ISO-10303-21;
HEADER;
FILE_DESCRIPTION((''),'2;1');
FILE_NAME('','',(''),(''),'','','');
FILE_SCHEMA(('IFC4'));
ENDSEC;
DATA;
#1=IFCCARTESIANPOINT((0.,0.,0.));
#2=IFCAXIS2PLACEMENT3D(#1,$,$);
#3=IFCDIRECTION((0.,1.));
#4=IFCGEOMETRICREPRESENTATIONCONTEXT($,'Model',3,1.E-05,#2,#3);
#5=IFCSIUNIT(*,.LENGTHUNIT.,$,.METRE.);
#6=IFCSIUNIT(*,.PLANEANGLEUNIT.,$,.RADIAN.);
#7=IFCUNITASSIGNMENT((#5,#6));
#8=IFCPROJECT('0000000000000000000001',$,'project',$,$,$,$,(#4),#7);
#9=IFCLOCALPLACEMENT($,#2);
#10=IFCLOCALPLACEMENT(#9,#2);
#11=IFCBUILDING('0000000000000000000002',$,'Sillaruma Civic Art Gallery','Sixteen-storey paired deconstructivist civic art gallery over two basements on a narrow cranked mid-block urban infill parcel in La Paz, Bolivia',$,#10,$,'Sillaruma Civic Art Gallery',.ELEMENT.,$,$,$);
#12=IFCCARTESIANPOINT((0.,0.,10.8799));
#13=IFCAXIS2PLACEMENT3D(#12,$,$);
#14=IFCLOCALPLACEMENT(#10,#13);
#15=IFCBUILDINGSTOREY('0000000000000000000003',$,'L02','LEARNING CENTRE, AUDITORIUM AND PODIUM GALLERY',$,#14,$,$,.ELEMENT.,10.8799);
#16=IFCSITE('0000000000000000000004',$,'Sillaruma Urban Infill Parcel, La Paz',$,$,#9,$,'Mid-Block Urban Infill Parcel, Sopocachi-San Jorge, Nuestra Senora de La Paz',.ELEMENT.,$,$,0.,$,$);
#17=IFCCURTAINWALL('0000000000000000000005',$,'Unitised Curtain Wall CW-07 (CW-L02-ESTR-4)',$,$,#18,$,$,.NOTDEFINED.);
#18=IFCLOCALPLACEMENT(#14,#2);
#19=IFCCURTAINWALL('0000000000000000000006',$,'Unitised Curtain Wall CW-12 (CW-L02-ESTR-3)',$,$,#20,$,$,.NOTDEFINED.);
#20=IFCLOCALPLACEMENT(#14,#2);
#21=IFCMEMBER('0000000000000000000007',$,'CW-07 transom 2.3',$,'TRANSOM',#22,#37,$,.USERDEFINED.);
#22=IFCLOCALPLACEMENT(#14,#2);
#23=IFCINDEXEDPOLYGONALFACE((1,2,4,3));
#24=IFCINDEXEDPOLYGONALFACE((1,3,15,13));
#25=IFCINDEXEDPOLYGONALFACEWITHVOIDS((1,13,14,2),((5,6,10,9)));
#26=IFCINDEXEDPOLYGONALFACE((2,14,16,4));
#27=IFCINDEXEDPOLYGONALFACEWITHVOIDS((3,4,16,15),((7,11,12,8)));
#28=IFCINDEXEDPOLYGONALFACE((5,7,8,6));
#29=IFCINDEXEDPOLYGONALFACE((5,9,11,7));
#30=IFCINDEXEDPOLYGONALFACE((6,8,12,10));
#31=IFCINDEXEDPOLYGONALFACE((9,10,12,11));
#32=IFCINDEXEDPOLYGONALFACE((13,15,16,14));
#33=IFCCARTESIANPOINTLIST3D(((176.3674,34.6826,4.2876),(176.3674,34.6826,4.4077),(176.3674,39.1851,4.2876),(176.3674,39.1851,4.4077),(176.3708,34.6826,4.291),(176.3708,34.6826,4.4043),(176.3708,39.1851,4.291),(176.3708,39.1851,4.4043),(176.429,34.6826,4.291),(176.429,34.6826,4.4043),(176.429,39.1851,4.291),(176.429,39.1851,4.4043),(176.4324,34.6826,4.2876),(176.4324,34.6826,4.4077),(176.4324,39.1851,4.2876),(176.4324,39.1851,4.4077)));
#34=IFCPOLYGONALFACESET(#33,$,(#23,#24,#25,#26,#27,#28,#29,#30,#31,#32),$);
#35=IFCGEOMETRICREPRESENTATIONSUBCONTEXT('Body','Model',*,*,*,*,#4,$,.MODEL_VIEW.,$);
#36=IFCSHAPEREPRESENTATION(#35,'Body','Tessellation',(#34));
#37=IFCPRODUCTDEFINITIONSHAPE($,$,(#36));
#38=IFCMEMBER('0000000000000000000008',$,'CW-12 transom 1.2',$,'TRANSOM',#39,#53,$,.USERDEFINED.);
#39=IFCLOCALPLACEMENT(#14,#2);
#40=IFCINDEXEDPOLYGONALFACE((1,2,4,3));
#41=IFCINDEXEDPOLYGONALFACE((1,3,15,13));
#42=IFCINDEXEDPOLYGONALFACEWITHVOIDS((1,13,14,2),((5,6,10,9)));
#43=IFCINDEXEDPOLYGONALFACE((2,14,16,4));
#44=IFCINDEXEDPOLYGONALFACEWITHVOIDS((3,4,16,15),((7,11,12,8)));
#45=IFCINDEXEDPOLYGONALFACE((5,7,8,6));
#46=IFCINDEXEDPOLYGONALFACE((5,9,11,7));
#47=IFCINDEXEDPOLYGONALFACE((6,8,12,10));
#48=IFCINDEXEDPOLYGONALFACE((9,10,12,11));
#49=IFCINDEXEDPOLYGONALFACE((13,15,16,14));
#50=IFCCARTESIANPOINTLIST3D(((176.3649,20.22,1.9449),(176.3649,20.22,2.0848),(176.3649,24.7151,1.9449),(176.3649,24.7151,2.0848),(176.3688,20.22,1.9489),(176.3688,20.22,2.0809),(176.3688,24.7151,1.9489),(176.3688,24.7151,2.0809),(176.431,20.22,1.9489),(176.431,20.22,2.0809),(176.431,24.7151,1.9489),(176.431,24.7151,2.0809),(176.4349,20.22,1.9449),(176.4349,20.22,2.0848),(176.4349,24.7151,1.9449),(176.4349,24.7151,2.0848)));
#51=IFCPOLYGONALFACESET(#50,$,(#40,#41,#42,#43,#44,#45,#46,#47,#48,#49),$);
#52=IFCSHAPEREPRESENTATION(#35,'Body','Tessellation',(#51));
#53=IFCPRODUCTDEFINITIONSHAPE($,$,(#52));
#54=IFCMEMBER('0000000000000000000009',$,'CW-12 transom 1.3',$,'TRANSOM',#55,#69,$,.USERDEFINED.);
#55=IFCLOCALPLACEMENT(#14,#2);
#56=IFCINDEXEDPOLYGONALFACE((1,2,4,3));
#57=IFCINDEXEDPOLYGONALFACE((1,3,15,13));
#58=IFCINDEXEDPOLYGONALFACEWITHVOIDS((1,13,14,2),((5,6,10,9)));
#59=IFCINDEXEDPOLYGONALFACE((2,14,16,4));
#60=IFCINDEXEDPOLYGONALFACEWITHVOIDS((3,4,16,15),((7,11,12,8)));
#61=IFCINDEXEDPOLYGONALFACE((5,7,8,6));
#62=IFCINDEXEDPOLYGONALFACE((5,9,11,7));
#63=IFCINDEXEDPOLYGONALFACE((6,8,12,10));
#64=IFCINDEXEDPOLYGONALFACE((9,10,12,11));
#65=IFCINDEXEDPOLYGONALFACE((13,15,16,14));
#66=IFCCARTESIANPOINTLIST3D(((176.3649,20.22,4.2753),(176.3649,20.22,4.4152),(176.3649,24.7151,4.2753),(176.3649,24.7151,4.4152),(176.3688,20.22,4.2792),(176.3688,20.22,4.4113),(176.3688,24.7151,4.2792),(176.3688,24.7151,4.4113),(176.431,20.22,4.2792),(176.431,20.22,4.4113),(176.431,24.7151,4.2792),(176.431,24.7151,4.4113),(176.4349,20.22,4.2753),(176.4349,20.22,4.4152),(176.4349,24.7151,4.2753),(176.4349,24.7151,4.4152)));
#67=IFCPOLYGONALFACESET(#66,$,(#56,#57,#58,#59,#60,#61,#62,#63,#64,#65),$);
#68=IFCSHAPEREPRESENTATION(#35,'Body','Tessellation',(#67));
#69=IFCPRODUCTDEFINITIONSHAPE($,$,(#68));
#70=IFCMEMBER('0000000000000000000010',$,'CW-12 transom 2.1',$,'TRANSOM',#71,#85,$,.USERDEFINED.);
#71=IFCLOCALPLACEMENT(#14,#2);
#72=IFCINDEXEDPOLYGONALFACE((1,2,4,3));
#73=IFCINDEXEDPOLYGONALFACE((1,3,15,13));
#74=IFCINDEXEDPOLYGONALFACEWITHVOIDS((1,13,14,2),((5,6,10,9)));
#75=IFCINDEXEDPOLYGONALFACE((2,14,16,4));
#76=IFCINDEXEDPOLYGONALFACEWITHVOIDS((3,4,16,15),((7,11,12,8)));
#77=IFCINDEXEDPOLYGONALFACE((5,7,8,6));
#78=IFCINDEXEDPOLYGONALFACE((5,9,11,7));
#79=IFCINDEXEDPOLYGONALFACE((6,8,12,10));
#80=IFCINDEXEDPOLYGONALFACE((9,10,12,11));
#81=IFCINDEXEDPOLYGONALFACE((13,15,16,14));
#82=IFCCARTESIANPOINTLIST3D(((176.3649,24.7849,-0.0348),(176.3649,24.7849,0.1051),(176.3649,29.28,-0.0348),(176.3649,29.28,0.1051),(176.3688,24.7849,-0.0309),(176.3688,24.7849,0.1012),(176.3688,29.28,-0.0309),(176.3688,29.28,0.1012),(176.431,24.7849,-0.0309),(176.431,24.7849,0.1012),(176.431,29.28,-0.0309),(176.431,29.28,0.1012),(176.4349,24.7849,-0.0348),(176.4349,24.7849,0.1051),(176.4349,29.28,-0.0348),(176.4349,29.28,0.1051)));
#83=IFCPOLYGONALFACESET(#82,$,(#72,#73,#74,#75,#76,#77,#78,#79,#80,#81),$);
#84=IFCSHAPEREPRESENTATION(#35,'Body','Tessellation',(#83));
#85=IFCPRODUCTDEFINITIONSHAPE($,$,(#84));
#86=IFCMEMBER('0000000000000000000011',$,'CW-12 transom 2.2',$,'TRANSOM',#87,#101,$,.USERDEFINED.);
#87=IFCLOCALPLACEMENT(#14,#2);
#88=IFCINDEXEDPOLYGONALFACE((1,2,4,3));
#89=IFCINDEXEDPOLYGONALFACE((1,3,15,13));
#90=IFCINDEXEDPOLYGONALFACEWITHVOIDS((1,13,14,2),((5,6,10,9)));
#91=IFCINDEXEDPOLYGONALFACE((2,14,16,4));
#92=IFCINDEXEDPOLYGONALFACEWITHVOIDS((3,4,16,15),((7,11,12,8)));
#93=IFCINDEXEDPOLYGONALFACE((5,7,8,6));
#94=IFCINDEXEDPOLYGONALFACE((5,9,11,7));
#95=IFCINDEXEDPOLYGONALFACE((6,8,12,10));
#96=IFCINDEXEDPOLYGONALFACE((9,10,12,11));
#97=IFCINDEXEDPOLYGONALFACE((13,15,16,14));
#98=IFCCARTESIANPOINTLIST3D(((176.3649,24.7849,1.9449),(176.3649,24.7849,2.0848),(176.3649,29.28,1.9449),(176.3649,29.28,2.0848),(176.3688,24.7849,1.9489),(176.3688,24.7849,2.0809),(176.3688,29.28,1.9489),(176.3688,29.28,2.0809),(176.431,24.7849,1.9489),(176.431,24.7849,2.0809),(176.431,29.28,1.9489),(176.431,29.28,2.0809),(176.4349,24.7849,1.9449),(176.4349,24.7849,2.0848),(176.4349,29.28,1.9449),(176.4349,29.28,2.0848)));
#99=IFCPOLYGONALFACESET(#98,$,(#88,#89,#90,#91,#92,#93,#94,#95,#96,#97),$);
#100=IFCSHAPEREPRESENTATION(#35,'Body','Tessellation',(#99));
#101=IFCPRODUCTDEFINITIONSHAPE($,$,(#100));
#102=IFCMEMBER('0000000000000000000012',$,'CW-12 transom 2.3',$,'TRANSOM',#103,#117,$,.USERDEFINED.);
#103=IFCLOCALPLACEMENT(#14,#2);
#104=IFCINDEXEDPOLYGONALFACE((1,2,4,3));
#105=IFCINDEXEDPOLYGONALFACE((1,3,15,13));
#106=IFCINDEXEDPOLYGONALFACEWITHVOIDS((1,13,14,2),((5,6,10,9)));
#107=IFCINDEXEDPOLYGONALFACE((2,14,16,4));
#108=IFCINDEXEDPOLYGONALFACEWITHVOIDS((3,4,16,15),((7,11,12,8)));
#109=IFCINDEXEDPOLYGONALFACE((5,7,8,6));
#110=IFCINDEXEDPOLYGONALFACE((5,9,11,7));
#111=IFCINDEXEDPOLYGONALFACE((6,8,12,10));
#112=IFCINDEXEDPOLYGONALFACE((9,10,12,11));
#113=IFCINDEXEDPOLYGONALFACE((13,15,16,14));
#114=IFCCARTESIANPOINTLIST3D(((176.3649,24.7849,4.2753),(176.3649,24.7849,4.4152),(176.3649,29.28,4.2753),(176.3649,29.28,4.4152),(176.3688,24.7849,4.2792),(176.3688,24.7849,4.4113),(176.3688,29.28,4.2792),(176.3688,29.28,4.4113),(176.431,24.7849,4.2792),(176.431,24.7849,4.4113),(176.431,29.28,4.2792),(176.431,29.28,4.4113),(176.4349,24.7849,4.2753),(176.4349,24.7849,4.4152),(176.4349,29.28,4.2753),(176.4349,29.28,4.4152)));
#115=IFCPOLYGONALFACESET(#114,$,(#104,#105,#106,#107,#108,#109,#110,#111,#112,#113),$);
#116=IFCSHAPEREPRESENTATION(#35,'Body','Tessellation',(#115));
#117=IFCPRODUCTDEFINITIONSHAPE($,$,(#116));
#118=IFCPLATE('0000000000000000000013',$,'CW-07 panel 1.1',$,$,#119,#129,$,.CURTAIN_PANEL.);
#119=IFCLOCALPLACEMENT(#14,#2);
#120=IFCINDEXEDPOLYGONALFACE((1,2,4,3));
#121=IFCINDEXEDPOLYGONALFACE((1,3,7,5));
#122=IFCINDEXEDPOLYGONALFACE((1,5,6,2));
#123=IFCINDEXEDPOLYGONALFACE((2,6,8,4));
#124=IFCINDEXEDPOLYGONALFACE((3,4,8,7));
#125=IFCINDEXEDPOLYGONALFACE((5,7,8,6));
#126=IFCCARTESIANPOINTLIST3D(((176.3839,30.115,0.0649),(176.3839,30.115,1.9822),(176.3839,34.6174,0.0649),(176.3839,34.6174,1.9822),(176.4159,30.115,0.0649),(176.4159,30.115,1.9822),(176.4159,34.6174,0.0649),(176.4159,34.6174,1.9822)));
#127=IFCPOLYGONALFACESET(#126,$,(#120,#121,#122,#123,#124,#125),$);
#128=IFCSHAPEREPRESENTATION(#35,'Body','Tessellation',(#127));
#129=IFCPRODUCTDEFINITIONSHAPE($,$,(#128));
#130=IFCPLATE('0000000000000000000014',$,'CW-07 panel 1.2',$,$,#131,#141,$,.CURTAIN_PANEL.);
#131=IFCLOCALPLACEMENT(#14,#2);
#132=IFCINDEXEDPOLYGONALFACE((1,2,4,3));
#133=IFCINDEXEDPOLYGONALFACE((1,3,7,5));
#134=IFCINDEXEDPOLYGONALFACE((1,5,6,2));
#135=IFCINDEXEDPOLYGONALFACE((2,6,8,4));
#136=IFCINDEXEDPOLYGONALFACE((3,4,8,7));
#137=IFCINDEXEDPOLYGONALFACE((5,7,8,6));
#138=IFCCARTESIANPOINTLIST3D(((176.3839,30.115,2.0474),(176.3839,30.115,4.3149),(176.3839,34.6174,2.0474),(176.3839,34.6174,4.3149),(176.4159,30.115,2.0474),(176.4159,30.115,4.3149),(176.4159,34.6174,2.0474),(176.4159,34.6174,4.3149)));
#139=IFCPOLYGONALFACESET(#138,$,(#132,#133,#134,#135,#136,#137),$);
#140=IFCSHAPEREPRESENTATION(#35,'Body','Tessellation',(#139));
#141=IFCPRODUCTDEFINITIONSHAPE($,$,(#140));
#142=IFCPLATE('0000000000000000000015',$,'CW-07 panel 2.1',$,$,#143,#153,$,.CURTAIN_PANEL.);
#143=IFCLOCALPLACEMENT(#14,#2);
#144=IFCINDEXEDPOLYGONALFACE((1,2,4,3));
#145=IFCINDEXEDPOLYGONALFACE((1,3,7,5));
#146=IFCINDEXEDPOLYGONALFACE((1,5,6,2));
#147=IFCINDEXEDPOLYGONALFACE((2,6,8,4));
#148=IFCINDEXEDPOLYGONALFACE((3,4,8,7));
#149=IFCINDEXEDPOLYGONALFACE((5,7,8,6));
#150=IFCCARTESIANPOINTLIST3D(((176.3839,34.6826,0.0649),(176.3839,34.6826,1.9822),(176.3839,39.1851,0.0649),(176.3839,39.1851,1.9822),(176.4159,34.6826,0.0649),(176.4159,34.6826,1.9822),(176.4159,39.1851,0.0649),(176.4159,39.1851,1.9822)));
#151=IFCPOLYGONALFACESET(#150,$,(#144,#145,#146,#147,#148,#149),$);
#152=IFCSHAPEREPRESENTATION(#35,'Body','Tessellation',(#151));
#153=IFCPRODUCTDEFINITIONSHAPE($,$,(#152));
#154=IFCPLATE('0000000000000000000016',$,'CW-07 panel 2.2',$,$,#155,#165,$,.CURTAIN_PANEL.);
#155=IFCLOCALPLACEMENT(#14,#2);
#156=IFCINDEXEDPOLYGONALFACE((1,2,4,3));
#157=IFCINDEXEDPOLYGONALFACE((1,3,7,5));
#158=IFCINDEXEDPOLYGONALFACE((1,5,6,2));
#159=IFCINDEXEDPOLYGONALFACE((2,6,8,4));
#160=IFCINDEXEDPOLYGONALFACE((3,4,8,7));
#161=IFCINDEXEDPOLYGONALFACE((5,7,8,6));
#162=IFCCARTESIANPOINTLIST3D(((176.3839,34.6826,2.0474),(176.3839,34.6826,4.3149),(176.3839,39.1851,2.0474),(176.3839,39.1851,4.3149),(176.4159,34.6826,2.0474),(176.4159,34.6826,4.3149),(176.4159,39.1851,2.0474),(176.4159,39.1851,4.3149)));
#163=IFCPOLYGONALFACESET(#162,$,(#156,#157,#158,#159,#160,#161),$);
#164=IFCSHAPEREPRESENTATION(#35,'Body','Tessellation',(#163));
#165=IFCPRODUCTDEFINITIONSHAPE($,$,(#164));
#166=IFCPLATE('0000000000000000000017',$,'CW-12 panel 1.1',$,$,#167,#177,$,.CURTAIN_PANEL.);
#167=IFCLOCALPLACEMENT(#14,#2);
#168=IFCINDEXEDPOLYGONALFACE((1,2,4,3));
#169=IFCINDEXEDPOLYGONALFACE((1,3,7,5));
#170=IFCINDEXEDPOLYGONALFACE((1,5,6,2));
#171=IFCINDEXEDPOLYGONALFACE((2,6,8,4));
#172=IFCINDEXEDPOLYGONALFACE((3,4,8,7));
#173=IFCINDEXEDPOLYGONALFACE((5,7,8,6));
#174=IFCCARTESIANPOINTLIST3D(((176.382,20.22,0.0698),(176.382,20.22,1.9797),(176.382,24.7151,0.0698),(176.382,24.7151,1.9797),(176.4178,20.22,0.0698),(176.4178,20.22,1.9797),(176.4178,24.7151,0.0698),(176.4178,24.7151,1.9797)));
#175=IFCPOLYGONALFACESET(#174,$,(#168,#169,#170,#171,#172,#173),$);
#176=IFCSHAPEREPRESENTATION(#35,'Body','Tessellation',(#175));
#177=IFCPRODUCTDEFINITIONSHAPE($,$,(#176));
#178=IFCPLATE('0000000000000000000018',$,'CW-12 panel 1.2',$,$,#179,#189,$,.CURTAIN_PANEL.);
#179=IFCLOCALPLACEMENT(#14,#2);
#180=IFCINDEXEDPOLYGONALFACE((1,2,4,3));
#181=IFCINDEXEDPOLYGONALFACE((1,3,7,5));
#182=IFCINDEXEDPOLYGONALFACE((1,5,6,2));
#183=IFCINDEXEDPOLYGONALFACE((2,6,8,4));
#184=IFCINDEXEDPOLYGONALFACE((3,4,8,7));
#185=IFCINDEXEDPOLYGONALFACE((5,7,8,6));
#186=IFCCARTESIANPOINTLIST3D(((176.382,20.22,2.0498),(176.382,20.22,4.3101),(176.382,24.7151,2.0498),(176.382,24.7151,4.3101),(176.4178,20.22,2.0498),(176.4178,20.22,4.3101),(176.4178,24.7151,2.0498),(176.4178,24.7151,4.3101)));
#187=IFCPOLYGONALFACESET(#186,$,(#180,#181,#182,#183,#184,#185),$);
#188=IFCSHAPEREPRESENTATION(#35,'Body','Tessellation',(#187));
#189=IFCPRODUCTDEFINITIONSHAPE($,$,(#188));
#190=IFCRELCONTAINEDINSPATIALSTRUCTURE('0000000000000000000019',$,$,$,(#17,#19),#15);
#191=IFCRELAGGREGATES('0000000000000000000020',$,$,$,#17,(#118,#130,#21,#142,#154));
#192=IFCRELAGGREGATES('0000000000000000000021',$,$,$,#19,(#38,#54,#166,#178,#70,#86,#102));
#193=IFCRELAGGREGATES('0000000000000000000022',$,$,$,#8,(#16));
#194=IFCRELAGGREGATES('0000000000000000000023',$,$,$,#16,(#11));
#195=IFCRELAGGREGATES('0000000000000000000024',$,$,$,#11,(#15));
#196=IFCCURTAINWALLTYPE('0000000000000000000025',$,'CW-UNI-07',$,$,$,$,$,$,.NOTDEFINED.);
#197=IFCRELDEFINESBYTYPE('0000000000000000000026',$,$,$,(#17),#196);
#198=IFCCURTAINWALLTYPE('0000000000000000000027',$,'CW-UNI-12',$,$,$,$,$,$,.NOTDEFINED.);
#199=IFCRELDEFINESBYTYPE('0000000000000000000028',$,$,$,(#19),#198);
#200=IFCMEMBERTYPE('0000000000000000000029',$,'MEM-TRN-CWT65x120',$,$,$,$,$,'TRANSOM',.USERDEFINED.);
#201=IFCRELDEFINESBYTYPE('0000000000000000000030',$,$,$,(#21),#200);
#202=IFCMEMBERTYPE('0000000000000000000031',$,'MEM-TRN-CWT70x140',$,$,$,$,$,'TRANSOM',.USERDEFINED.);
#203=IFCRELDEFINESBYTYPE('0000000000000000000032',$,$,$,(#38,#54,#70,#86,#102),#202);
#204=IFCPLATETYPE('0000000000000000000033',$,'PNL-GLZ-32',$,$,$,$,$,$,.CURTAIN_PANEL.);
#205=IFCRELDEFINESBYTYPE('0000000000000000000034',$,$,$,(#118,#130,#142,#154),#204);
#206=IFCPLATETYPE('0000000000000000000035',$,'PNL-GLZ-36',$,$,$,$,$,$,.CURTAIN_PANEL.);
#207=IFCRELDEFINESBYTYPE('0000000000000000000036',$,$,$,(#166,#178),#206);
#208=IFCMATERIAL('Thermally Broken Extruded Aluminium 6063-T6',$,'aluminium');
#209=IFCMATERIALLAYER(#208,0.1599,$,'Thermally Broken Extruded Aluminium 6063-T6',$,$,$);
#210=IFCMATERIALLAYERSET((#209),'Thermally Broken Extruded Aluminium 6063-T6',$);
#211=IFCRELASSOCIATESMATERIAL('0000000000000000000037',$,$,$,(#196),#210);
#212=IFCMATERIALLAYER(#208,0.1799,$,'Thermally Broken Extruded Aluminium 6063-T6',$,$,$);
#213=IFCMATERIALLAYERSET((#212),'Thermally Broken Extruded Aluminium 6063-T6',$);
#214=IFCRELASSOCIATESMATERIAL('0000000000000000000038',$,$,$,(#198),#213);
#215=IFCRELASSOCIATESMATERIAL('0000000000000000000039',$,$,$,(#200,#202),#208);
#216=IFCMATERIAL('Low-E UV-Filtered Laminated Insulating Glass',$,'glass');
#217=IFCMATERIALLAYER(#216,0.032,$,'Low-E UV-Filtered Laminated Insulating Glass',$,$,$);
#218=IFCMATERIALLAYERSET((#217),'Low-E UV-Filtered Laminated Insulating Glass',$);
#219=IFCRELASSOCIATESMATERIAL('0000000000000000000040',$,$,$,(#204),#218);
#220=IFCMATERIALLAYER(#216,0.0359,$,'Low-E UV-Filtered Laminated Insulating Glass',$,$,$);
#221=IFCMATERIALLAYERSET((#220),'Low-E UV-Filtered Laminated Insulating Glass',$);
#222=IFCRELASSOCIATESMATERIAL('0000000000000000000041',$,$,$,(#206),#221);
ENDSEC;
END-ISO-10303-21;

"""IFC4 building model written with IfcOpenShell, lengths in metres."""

from ifc_helpers import new_model, si_unit, direction, frame, origin, origin_2d, place, context, subcontext, project, spatial, rectangle, hollow_rectangle, extrude, material, layer, layer_set, material_profile, profile_set, type_object, element, aggregate, save


model = new_model("IFC4")

# Units and contexts
model_context = context("Model", 3, precision=1e-05, world=origin(), true_north=direction((0.0, 1.0)))
body_context = subcontext(model_context, "Body", "Model", "MODEL_VIEW")
ifc_project = project(units=[si_unit("LENGTHUNIT", "METRE"), si_unit("PLANEANGLEUNIT", "RADIAN")], contexts=[model_context])

# Site, building, storey
site_placement = place(None, origin())
site = spatial("IfcSite", under=ifc_project, at=site_placement, Name="Sillaruma Urban Infill Parcel, La Paz", LongName="Mid-Block Urban Infill Parcel, Sopocachi-San Jorge, Nuestra Senora de La Paz", CompositionType="ELEMENT", RefElevation=0.0)
building_placement = place(site_placement, origin())
building = spatial("IfcBuilding", under=site, at=building_placement, Name="Sillaruma Civic Art Gallery", Description="Sixteen-storey paired deconstructivist civic art gallery over two basements on a narrow cranked mid-block urban infill parcel in La Paz, Bolivia", LongName="Sillaruma Civic Art Gallery", CompositionType="ELEMENT")
storey_placement = place(building_placement, frame((0.0, 0.0, 10.8799)))
storey = spatial("IfcBuildingStorey", under=building, at=storey_placement, Name="L02", Description="LEARNING CENTRE, AUDITORIUM AND PODIUM GALLERY", CompositionType="ELEMENT", Elevation=10.8799)

# Curtain walls
ifc_material_1 = material(Name="Thermally Broken Extruded Aluminium 6063-T6", Category="aluminium")
ifc_layer_1 = layer(ifc_material_1, 0.1599, Name="Thermally Broken Extruded Aluminium 6063-T6")
ifc_layer_set_1 = layer_set([ifc_layer_1], Name="Thermally Broken Extruded Aluminium 6063-T6")
curtain_wall_type_1 = type_object("IfcCurtainWallType", Name="CW-UNI-07", PredefinedType="NOTDEFINED", material=ifc_layer_set_1)
curtain_wall_1_placement = place(storey_placement, origin())
curtain_wall_1 = element("IfcCurtainWall", 1, at=curtain_wall_1_placement, inside=storey, type_object=curtain_wall_type_1, Name="Unitised Curtain Wall CW-07 (CW-L02-ESTR-4)", PredefinedType="NOTDEFINED")
ifc_layer_2 = layer(ifc_material_1, 0.1799, Name="Thermally Broken Extruded Aluminium 6063-T6")
ifc_layer_set_2 = layer_set([ifc_layer_2], Name="Thermally Broken Extruded Aluminium 6063-T6")
curtain_wall_type_2 = type_object("IfcCurtainWallType", Name="CW-UNI-12", PredefinedType="NOTDEFINED", material=ifc_layer_set_2)
curtain_wall_2_placement = place(storey_placement, origin())
curtain_wall_2 = element("IfcCurtainWall", 2, at=curtain_wall_2_placement, inside=storey, type_object=curtain_wall_type_2, Name="Unitised Curtain Wall CW-12 (CW-L02-ESTR-3)", PredefinedType="NOTDEFINED")

# Members
ifc_material_profile_1 = material_profile(ifc_material_1, hollow_rectangle(XDim=0.0649, YDim=0.1201, WallThickness=0.0034, at=origin_2d()), Name="CWT65x120")
ifc_profile_set_1 = profile_set([ifc_material_profile_1], Name="Thermally Broken Extruded Aluminium 6063-T6")
member_type_1 = type_object("IfcMemberType", Name="MEM-TRN-CWT65x120", ElementType="TRANSOM", PredefinedType="USERDEFINED", material=ifc_profile_set_1)
member_1_placement = place(storey_placement, frame((176.3999, 34.6826, 4.3477), z_axis=(0.0, 1.0, 0.0), x_axis=(-1.0, 0.0, 0.0)))
member_1 = element("IfcMember", 3, at=member_1_placement, type_object=member_type_1, Name="CW-07 transom 2.3", ObjectType="TRANSOM", PredefinedType="USERDEFINED", context=body_context, shape_type="SweptSolid", body=[
    extrude(hollow_rectangle(XDim=0.0649, YDim=0.1201, WallThickness=0.0034, at=origin_2d()), origin(), (0.0, 0.0, 1.0), 4.5024),
])
ifc_material_profile_2 = material_profile(ifc_material_1, hollow_rectangle(XDim=0.0701, YDim=0.1399, WallThickness=0.0039, at=origin_2d()), Name="CWT70x140")
ifc_profile_set_2 = profile_set([ifc_material_profile_2], Name="Thermally Broken Extruded Aluminium 6063-T6")
member_type_2 = type_object("IfcMemberType", Name="MEM-TRN-CWT70x140", ElementType="TRANSOM", PredefinedType="USERDEFINED", material=ifc_profile_set_2)
member_2_placement = place(storey_placement, frame((176.3999, 20.22, 2.0149), z_axis=(0.0, 1.0, 0.0), x_axis=(-1.0, 0.0, 0.0)))
member_2 = element("IfcMember", 4, at=member_2_placement, type_object=member_type_2, Name="CW-12 transom 1.2", ObjectType="TRANSOM", PredefinedType="USERDEFINED", context=body_context, shape_type="SweptSolid", body=[
    extrude(hollow_rectangle(XDim=0.0701, YDim=0.1399, WallThickness=0.0039, at=origin_2d()), origin(), (0.0, 0.0, 1.0), 4.4951),
])
member_3_placement = place(storey_placement, frame((176.3999, 20.22, 4.3452), z_axis=(0.0, 1.0, 0.0), x_axis=(-1.0, 0.0, 0.0)))
member_3 = element("IfcMember", 5, at=member_3_placement, type_object=member_type_2, Name="CW-12 transom 1.3", ObjectType="TRANSOM", PredefinedType="USERDEFINED", context=body_context, shape_type="SweptSolid", body=[
    extrude(hollow_rectangle(XDim=0.0701, YDim=0.1399, WallThickness=0.0039, at=origin_2d()), origin(), (0.0, 0.0, 1.0), 4.4951),
])
member_4_placement = place(storey_placement, frame((176.3999, 24.7849, 0.0352), z_axis=(0.0, 1.0, 0.0), x_axis=(-1.0, 0.0, 0.0)))
member_4 = element("IfcMember", 6, at=member_4_placement, type_object=member_type_2, Name="CW-12 transom 2.1", ObjectType="TRANSOM", PredefinedType="USERDEFINED", context=body_context, shape_type="SweptSolid", body=[
    extrude(hollow_rectangle(XDim=0.0701, YDim=0.1399, WallThickness=0.0039, at=origin_2d()), origin(), (0.0, 0.0, 1.0), 4.4951),
])
member_5_placement = place(storey_placement, frame((176.3999, 24.7849, 2.0149), z_axis=(0.0, 1.0, 0.0), x_axis=(-1.0, 0.0, 0.0)))
member_5 = element("IfcMember", 7, at=member_5_placement, type_object=member_type_2, Name="CW-12 transom 2.2", ObjectType="TRANSOM", PredefinedType="USERDEFINED", context=body_context, shape_type="SweptSolid", body=[
    extrude(hollow_rectangle(XDim=0.0701, YDim=0.1399, WallThickness=0.0039, at=origin_2d()), origin(), (0.0, 0.0, 1.0), 4.4951),
])
member_6_placement = place(storey_placement, frame((176.3999, 24.7849, 4.3452), z_axis=(0.0, 1.0, 0.0), x_axis=(-1.0, 0.0, 0.0)))
member_6 = element("IfcMember", 8, at=member_6_placement, type_object=member_type_2, Name="CW-12 transom 2.3", ObjectType="TRANSOM", PredefinedType="USERDEFINED", context=body_context, shape_type="SweptSolid", body=[
    extrude(hollow_rectangle(XDim=0.0701, YDim=0.1399, WallThickness=0.0039, at=origin_2d()), origin(), (0.0, 0.0, 1.0), 4.4951),
])

# Plates
ifc_material_2 = material(Name="Low-E UV-Filtered Laminated Insulating Glass", Category="glass")
ifc_layer_3 = layer(ifc_material_2, 0.032, Name="Low-E UV-Filtered Laminated Insulating Glass")
ifc_layer_set_3 = layer_set([ifc_layer_3], Name="Low-E UV-Filtered Laminated Insulating Glass")
plate_type_1 = type_object("IfcPlateType", Name="PNL-GLZ-32", PredefinedType="CURTAIN_PANEL", material=ifc_layer_set_3)
plate_1_placement = place(storey_placement, frame((176.3999, 32.3662, 0.0649), z_axis=(0.0, 0.0, 1.0), x_axis=(0.0, 1.0, 0.0)))
plate_1 = element("IfcPlate", 9, at=plate_1_placement, type_object=plate_type_1, Name="CW-07 panel 1.1", PredefinedType="CURTAIN_PANEL", context=body_context, shape_type="SweptSolid", body=[
    extrude(rectangle(XDim=4.5024, YDim=0.032, at=origin_2d()), origin(), (0.0, 0.0, 1.0), 1.9172),
])
plate_2_placement = place(storey_placement, frame((176.3999, 32.3662, 2.0474), z_axis=(0.0, 0.0, 1.0), x_axis=(0.0, 1.0, 0.0)))
plate_2 = element("IfcPlate", 10, at=plate_2_placement, type_object=plate_type_1, Name="CW-07 panel 1.2", PredefinedType="CURTAIN_PANEL", context=body_context, shape_type="SweptSolid", body=[
    extrude(rectangle(XDim=4.5024, YDim=0.032, at=origin_2d()), origin(), (0.0, 0.0, 1.0), 2.2676),
])
plate_3_placement = place(storey_placement, frame((176.3999, 36.9338, 0.0649), z_axis=(0.0, 0.0, 1.0), x_axis=(0.0, 1.0, 0.0)))
plate_3 = element("IfcPlate", 11, at=plate_3_placement, type_object=plate_type_1, Name="CW-07 panel 2.1", PredefinedType="CURTAIN_PANEL", context=body_context, shape_type="SweptSolid", body=[
    extrude(rectangle(XDim=4.5024, YDim=0.032, at=origin_2d()), origin(), (0.0, 0.0, 1.0), 1.9172),
])
plate_4_placement = place(storey_placement, frame((176.3999, 36.9338, 2.0474), z_axis=(0.0, 0.0, 1.0), x_axis=(0.0, 1.0, 0.0)))
plate_4 = element("IfcPlate", 12, at=plate_4_placement, type_object=plate_type_1, Name="CW-07 panel 2.2", PredefinedType="CURTAIN_PANEL", context=body_context, shape_type="SweptSolid", body=[
    extrude(rectangle(XDim=4.5024, YDim=0.032, at=origin_2d()), origin(), (0.0, 0.0, 1.0), 2.2676),
])
aggregate(curtain_wall_1, [plate_1, plate_2, member_1, plate_3, plate_4])
ifc_layer_4 = layer(ifc_material_2, 0.0359, Name="Low-E UV-Filtered Laminated Insulating Glass")
ifc_layer_set_4 = layer_set([ifc_layer_4], Name="Low-E UV-Filtered Laminated Insulating Glass")
plate_type_2 = type_object("IfcPlateType", Name="PNL-GLZ-36", PredefinedType="CURTAIN_PANEL", material=ifc_layer_set_4)
plate_5_placement = place(storey_placement, frame((176.3999, 22.4675, 0.0698), z_axis=(0.0, 0.0, 1.0), x_axis=(0.0, 1.0, 0.0)))
plate_5 = element("IfcPlate", 13, at=plate_5_placement, type_object=plate_type_2, Name="CW-12 panel 1.1", PredefinedType="CURTAIN_PANEL", context=body_context, shape_type="SweptSolid", body=[
    extrude(rectangle(XDim=4.4951, YDim=0.0359, at=origin_2d()), origin(), (0.0, 0.0, 1.0), 1.9099),
])
plate_6_placement = place(storey_placement, frame((176.3999, 22.4675, 2.0498), z_axis=(0.0, 0.0, 1.0), x_axis=(0.0, 1.0, 0.0)))
plate_6 = element("IfcPlate", 14, at=plate_6_placement, type_object=plate_type_2, Name="CW-12 panel 1.2", PredefinedType="CURTAIN_PANEL", context=body_context, shape_type="SweptSolid", body=[
    extrude(rectangle(XDim=4.4951, YDim=0.0359, at=origin_2d()), origin(), (0.0, 0.0, 1.0), 2.2603),
])
aggregate(curtain_wall_2, [member_2, member_3, plate_5, plate_6, member_4, member_5, member_6])

save(model, "model.ifc")
